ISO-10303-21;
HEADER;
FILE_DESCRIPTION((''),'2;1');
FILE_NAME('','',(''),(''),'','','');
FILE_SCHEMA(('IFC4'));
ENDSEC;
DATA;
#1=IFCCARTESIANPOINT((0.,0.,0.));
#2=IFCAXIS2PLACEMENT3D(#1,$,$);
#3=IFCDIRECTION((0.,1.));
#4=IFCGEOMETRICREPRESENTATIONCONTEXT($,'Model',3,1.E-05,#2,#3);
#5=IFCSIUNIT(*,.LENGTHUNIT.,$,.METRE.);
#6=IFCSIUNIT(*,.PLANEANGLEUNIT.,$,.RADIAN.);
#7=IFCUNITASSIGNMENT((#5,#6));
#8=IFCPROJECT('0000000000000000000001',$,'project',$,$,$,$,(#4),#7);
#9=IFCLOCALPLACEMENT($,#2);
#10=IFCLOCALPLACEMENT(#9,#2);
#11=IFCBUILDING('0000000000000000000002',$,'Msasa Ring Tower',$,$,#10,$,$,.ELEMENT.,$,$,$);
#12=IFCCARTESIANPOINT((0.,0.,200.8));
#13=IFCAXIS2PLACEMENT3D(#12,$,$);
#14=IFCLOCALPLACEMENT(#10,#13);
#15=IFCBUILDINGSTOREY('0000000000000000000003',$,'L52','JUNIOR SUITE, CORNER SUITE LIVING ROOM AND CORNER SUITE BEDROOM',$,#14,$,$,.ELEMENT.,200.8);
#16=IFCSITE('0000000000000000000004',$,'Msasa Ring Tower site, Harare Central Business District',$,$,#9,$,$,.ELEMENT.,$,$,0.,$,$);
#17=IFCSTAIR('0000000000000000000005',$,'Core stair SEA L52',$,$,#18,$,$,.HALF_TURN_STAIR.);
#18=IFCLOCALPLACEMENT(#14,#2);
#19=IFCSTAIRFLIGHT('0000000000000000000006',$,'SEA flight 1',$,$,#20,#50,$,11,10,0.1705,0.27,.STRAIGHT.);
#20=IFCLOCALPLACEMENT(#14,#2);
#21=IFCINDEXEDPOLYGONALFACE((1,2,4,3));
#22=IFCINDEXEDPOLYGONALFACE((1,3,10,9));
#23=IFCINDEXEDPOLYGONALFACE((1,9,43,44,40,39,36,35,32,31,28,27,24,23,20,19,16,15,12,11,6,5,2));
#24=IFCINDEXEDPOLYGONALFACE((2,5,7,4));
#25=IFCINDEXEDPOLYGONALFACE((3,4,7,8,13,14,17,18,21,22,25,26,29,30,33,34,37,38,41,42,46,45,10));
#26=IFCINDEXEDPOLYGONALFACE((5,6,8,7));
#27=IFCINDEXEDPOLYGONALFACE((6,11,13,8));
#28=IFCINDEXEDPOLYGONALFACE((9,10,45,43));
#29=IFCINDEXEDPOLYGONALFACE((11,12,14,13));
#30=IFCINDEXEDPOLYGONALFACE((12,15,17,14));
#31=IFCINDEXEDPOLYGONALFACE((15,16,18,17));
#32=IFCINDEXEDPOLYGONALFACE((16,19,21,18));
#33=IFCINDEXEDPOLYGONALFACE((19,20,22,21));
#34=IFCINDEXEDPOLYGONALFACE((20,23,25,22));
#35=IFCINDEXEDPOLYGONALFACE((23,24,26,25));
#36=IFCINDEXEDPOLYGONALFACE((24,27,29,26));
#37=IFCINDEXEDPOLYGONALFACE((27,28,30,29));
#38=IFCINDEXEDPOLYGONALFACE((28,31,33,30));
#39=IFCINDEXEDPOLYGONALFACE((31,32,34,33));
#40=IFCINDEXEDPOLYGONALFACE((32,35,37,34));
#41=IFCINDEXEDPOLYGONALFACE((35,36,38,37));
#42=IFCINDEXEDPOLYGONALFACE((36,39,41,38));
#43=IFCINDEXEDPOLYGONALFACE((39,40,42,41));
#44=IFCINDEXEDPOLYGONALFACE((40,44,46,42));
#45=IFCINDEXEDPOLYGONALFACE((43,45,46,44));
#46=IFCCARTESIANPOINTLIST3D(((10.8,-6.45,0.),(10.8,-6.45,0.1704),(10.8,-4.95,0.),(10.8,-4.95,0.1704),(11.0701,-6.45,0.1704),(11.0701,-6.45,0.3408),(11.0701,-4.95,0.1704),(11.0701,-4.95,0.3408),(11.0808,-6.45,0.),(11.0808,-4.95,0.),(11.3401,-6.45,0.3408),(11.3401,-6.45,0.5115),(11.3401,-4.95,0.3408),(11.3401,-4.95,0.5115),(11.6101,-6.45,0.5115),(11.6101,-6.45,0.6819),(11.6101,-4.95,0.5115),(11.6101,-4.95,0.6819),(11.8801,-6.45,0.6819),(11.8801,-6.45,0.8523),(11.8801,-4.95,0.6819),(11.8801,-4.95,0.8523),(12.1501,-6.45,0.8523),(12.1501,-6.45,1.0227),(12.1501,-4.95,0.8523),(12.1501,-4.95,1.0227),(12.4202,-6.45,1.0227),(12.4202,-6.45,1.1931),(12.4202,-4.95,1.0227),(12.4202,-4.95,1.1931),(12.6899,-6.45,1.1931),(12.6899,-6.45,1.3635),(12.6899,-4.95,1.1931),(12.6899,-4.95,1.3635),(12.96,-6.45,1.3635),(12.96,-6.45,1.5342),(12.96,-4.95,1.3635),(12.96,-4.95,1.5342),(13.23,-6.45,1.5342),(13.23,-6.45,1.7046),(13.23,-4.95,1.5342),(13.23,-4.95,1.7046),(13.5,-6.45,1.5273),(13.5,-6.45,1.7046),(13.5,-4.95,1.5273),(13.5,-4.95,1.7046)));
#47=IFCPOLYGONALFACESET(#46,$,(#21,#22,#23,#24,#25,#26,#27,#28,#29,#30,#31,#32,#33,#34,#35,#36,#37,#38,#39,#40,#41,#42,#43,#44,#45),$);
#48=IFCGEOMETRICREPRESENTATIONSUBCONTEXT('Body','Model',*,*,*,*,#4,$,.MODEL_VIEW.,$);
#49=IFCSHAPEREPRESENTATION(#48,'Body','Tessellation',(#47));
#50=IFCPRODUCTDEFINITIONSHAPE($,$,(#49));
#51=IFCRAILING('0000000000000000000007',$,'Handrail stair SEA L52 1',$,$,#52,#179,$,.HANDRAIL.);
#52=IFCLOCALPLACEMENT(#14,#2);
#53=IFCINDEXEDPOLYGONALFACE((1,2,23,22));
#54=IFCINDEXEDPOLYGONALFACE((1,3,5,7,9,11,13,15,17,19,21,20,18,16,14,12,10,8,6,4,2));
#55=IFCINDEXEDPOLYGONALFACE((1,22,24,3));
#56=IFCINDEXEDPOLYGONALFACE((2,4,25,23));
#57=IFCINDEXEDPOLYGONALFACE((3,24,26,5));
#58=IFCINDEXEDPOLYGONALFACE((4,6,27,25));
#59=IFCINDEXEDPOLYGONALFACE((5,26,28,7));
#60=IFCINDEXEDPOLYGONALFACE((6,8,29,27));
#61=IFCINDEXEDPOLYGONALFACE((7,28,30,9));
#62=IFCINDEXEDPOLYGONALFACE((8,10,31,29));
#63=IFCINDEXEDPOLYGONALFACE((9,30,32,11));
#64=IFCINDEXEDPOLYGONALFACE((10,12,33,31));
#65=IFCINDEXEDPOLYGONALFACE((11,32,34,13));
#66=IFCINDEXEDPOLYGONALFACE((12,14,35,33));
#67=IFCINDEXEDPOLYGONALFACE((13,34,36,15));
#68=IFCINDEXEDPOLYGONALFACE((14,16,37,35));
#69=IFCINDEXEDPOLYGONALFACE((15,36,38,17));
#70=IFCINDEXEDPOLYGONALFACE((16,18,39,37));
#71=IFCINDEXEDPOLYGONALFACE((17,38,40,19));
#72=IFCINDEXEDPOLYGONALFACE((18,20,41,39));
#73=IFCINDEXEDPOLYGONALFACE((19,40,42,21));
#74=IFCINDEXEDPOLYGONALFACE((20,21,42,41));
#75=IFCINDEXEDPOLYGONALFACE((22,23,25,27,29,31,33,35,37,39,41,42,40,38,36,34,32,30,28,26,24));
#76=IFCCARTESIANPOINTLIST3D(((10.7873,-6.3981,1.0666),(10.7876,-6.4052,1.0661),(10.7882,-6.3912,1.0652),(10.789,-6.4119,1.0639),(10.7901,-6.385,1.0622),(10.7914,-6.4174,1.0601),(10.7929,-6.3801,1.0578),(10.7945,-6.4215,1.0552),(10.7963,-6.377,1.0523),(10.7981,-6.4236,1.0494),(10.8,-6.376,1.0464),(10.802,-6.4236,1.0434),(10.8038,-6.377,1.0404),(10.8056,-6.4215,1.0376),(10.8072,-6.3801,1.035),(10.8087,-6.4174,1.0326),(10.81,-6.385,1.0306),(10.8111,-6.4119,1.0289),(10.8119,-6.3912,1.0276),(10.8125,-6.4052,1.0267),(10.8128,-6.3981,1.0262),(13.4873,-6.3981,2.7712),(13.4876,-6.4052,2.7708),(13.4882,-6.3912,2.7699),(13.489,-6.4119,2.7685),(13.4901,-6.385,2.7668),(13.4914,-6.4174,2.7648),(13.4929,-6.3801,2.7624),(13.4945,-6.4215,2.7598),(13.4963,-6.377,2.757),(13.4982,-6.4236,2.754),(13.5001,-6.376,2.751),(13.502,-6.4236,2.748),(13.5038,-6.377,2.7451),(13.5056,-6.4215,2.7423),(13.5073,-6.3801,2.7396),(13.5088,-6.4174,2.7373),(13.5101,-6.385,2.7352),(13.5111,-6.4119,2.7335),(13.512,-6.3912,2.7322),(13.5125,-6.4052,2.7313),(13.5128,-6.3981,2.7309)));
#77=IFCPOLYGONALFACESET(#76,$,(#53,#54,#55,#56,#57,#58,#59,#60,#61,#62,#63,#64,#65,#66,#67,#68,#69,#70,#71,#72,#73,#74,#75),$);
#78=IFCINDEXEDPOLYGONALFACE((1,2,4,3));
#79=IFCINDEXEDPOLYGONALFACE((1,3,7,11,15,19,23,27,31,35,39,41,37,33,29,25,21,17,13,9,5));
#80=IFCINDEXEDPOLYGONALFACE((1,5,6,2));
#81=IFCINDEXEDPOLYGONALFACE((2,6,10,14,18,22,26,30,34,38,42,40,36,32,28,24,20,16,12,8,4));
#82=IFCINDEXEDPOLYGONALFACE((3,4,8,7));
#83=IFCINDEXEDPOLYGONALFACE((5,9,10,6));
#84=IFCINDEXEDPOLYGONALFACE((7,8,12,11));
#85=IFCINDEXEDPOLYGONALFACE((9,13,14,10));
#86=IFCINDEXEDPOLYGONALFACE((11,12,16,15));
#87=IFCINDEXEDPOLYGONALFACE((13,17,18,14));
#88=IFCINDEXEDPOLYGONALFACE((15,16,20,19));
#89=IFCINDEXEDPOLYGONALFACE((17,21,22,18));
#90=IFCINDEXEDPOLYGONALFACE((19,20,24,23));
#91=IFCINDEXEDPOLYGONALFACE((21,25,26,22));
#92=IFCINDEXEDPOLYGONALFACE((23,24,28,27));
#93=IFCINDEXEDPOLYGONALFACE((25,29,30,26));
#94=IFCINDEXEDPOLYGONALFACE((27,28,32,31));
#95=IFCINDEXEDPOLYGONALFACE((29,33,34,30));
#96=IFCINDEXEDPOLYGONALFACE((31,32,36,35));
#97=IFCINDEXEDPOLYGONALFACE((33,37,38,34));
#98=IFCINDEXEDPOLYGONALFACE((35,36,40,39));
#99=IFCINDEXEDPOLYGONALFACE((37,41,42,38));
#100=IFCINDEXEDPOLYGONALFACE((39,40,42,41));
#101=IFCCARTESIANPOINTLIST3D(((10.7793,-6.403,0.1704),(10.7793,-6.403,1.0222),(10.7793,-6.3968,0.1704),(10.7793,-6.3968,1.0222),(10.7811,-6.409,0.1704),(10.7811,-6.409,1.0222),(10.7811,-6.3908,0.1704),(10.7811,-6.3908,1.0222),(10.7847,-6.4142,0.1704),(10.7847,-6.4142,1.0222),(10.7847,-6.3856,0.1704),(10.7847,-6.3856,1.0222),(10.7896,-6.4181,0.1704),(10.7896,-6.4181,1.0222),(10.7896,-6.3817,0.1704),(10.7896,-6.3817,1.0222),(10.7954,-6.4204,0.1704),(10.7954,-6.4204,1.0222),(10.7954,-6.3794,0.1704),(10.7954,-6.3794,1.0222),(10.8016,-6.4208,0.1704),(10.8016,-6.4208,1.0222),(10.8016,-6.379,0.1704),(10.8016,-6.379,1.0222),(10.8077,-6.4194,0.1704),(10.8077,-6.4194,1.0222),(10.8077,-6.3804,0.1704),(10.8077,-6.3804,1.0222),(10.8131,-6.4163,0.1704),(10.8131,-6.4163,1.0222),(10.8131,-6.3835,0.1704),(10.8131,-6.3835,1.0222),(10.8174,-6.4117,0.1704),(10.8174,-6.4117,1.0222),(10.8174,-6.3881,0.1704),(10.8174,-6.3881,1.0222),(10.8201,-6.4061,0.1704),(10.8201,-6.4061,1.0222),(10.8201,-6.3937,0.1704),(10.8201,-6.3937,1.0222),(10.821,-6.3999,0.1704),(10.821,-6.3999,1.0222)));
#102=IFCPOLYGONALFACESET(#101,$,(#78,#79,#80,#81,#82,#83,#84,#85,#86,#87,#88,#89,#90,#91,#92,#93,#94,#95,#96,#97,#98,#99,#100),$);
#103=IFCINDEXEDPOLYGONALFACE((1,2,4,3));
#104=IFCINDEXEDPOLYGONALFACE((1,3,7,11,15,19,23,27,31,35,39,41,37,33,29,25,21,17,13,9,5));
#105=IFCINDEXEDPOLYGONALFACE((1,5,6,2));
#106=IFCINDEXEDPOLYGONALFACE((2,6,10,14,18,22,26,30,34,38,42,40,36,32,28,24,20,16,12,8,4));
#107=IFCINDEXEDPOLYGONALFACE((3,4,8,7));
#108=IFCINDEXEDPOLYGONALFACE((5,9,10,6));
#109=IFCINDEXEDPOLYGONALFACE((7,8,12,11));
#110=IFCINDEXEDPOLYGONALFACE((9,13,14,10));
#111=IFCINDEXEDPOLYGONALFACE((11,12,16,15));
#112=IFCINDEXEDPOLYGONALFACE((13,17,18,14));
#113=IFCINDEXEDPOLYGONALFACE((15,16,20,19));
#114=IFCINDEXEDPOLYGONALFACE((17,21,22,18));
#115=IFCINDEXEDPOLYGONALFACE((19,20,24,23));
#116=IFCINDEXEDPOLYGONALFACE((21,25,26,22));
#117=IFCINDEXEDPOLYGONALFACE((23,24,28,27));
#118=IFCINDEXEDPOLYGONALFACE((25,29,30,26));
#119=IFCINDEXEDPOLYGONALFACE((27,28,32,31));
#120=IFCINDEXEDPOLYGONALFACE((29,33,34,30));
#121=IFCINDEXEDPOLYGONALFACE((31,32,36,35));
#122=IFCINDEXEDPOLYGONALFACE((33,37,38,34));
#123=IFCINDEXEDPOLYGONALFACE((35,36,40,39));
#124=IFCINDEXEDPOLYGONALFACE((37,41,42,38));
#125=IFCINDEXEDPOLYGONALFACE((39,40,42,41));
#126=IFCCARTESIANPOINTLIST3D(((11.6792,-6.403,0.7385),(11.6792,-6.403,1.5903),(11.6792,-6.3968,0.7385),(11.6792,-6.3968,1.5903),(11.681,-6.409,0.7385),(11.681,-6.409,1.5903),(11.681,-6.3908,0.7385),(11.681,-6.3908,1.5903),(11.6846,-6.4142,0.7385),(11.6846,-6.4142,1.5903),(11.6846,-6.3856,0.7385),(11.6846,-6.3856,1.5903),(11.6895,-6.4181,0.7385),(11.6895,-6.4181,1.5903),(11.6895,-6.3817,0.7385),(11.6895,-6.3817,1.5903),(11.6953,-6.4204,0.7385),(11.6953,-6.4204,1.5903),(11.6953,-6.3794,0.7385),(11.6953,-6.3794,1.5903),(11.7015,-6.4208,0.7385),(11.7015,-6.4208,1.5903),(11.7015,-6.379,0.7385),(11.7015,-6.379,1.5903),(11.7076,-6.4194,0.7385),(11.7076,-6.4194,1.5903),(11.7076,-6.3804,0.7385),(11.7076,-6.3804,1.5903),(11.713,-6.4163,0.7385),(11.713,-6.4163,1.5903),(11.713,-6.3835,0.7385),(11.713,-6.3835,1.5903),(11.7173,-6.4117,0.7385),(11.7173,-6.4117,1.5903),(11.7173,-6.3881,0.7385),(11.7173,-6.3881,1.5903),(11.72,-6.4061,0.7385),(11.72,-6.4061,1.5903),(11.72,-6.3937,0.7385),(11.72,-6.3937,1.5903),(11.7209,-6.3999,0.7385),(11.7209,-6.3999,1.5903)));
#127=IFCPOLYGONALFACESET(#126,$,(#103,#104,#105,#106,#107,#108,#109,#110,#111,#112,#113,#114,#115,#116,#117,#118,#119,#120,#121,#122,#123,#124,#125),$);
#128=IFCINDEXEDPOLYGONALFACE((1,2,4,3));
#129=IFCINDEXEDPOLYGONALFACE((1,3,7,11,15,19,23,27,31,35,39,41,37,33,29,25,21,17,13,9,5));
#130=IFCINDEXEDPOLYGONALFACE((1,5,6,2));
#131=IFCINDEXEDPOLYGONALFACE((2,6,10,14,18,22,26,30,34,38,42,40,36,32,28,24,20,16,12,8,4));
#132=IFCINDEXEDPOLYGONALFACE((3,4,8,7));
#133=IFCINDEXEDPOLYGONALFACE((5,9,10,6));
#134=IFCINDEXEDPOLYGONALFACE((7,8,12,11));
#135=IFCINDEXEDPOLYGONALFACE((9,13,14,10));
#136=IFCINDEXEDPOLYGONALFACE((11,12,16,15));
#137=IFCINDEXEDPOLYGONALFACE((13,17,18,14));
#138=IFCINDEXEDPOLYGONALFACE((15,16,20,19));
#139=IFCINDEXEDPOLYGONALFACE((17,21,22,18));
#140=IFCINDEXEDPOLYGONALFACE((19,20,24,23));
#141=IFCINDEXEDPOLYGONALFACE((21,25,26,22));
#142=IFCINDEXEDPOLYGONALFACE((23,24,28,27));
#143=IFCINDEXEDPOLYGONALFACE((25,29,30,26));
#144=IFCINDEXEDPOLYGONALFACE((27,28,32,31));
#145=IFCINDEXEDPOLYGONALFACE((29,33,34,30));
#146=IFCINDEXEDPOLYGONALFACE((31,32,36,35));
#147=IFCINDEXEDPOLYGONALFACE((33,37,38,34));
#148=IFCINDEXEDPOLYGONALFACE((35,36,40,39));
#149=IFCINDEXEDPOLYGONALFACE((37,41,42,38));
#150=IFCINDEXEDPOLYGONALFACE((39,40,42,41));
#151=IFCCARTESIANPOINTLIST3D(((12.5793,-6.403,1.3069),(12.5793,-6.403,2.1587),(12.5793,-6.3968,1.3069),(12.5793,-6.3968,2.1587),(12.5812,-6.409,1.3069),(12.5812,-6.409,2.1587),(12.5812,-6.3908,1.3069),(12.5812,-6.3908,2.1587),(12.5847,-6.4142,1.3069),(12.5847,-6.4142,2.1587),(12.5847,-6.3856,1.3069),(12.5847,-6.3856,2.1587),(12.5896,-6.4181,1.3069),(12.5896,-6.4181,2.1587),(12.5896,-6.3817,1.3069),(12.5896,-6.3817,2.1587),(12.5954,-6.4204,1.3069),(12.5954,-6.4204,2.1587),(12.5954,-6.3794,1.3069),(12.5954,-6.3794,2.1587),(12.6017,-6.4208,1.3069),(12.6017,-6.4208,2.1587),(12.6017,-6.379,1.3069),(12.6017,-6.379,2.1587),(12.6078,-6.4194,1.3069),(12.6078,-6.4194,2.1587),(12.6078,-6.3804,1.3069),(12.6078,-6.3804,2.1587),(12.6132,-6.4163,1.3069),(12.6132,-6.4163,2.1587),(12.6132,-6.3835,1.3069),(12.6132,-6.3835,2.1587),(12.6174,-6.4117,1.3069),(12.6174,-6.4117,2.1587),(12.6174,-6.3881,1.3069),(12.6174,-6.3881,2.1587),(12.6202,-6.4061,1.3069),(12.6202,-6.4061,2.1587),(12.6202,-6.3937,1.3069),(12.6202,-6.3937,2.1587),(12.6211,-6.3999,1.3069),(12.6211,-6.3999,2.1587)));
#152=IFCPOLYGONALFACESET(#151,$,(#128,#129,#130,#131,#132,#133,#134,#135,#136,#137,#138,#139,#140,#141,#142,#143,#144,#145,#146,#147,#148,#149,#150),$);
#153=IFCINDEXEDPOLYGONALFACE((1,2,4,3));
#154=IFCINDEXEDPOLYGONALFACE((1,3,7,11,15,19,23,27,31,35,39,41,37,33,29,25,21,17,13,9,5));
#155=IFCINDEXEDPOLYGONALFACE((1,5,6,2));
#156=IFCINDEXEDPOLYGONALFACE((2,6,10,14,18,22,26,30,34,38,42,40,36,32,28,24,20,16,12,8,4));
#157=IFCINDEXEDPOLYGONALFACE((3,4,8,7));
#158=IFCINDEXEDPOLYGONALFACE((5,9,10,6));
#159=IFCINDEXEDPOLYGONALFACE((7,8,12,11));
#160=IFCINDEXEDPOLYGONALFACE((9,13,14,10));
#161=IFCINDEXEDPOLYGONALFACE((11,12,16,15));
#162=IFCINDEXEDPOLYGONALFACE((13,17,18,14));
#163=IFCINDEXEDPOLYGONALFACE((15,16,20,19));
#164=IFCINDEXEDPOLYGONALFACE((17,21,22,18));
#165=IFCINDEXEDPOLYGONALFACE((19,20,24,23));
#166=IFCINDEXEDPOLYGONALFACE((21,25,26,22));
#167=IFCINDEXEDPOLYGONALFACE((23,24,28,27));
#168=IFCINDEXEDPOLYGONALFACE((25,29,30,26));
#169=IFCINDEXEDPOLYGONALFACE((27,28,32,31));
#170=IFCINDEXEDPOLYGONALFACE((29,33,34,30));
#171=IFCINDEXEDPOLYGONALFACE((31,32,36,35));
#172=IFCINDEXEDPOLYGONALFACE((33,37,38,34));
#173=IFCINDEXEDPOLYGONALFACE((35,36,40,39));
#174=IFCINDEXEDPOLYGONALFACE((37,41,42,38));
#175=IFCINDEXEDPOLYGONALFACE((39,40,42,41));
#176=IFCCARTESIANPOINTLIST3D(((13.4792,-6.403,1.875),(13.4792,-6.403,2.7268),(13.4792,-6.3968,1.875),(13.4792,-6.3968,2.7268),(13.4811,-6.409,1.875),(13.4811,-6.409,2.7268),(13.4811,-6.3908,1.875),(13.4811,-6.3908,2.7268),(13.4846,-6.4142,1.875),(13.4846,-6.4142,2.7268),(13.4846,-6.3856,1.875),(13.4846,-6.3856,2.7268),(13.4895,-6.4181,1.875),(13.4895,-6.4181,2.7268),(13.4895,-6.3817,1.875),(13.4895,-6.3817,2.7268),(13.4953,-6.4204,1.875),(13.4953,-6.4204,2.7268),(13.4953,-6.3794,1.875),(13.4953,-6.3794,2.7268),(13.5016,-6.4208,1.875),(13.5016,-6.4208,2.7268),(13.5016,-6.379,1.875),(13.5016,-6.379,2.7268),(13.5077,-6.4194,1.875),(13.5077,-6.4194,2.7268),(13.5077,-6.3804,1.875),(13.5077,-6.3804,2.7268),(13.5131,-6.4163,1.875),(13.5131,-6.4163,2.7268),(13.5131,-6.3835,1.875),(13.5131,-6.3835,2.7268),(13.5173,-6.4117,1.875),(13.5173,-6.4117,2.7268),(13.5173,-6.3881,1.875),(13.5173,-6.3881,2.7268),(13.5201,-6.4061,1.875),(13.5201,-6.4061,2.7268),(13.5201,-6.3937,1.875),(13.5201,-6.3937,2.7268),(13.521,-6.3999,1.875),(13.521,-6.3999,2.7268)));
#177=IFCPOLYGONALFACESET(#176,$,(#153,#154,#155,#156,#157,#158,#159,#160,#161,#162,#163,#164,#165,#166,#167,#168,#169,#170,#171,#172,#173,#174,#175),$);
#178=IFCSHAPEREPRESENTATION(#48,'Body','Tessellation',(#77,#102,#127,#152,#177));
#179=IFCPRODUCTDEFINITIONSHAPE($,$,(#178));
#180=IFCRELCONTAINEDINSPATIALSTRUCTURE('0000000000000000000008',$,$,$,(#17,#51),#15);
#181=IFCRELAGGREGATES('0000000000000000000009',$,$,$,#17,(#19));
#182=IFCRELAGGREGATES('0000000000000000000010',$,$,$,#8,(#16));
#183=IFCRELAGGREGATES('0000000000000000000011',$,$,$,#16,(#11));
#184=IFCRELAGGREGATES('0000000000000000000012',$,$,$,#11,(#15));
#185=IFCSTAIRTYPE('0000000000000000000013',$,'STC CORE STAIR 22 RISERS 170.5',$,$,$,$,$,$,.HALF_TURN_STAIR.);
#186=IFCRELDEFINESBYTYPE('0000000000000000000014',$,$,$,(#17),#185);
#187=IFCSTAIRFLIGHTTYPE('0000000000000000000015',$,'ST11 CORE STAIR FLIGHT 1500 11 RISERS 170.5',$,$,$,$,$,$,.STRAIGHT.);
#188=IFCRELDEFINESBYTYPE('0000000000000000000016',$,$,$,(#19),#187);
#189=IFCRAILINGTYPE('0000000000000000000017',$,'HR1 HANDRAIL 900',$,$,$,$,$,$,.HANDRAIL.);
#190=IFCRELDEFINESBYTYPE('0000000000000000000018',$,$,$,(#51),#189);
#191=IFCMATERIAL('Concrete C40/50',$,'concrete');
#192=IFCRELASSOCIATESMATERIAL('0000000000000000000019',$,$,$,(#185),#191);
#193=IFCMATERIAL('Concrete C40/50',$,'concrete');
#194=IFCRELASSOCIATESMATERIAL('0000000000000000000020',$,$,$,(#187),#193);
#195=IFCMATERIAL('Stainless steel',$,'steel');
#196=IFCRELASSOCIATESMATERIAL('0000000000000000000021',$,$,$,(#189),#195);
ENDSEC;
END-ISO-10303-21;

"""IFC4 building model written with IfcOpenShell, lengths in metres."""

from ifc_helpers import new_model, si_unit, direction, frame, origin, origin_2d, place, context, subcontext, project, spatial, polyline, circle, outline, extrude, material, type_object, element, aggregate, save


model = new_model("IFC4")

# Units and contexts
model_context = context("Model", 3, precision=1e-05, world=origin(), true_north=direction((0.0, 1.0)))
body_context = subcontext(model_context, "Body", "Model", "MODEL_VIEW")
ifc_project = project(units=[si_unit("LENGTHUNIT", "METRE"), si_unit("PLANEANGLEUNIT", "RADIAN")], contexts=[model_context])

# Site, building, storey
site_placement = place(None, origin())
site = spatial("IfcSite", under=ifc_project, at=site_placement, Name="Msasa Ring Tower site, Harare Central Business District", CompositionType="ELEMENT", RefElevation=0.0)
building_placement = place(site_placement, origin())
building = spatial("IfcBuilding", under=site, at=building_placement, Name="Msasa Ring Tower", CompositionType="ELEMENT")
storey_placement = place(building_placement, frame((0.0, 0.0, 200.8)))
storey = spatial("IfcBuildingStorey", under=building, at=storey_placement, Name="L52", Description="JUNIOR SUITE, CORNER SUITE LIVING ROOM AND CORNER SUITE BEDROOM", CompositionType="ELEMENT", Elevation=200.8)

# Stair
ifc_material_1 = material(Name="Concrete C40/50", Category="concrete")
stair_type = type_object("IfcStairType", Name="STC CORE STAIR 22 RISERS 170.5", PredefinedType="HALF_TURN_STAIR", material=ifc_material_1)
stair_1_placement = place(storey_placement, origin())
stair_1 = element("IfcStair", 1, at=stair_1_placement, inside=storey, type_object=stair_type, Name="Core stair SEA L52", PredefinedType="HALF_TURN_STAIR")

# Stair flight
ifc_material_2 = material(Name="Concrete C40/50", Category="concrete")
stair_flight_type = type_object("IfcStairFlightType", Name="ST11 CORE STAIR FLIGHT 1500 11 RISERS 170.5", PredefinedType="STRAIGHT", material=ifc_material_2)
stair_flight_placement = place(storey_placement, frame((10.8, -5.7, 0.0), z_axis=(0.0, 0.0, 1.0), x_axis=(1.0, 0.0, 0.0)))
stair_flight = element("IfcStairFlight", 2, at=stair_flight_placement, type_object=stair_flight_type, Name="SEA flight 1", NumberOfRisers=11, NumberOfTreads=10, PredefinedType="STRAIGHT", RiserHeight=0.1705, TreadLength=0.27, context=body_context, shape_type="SweptSolid", body=[
    extrude(outline(polyline([(0.0, 0.0), (0.0, 0.1704), (0.27, 0.1704), (0.27, 0.3408), (0.54, 0.3408), (0.54, 0.5115), (0.8101, 0.5115), (0.8101, 0.6819), (1.0801, 0.6819), (1.0801, 0.8523), (1.3501, 0.8523), (1.3501, 1.0227), (1.6201, 1.0227), (1.6201, 1.1931), (1.8899, 1.1931), (1.8899, 1.3635), (2.1599, 1.3635), (2.1599, 1.5342), (2.4299, 1.5342), (2.4299, 1.7046), (2.7, 1.7046), (2.7, 1.875), (2.7, 1.5273), (0.2808, 0.0), (0.0, 0.0)])), frame((0.0, 0.75, 0.0), z_axis=(0.0, -1.0, 0.0), x_axis=(1.0, 0.0, 0.0)), (0.0, 0.0, 1.0), 1.5),
])
aggregate(stair_1, [stair_flight])

# Railing
ifc_material_3 = material(Name="Stainless steel", Category="steel")
railing_type = type_object("IfcRailingType", Name="HR1 HANDRAIL 900", PredefinedType="HANDRAIL", material=ifc_material_3)
for number, where, name in (
    (3, (10.8, -6.3999, 0.1704), "Handrail stair SEA L52 1"),
):
    element("IfcRailing", number, at=place(storey_placement, frame(where)), inside=storey, type_object=railing_type, Name=name, PredefinedType="HANDRAIL", context=body_context, shape_type="SweptSolid", body=[
        extrude(circle(Radius=0.0239, at=origin_2d()), frame((0.0, 0.0, 0.876), z_axis=(0.84558, 0.0, 0.533849), x_axis=(0.0, 1.0, 0.0)), (0.0, 0.0, 1.0), 3.1931),
        extrude(circle(Radius=0.021, at=origin_2d()), origin(), (0.0, 0.0, 1.0), 0.8518),
        extrude(circle(Radius=0.021, at=origin_2d()), frame((0.8999, 0.0, 0.5681)), (0.0, 0.0, 1.0), 0.8518),
        extrude(circle(Radius=0.021, at=origin_2d()), frame((1.8, 0.0, 1.1365)), (0.0, 0.0, 1.0), 0.8518),
        extrude(circle(Radius=0.021, at=origin_2d()), frame((2.7, 0.0, 1.7046)), (0.0, 0.0, 1.0), 0.8518),
    ])

save(model, "model.ifc")
